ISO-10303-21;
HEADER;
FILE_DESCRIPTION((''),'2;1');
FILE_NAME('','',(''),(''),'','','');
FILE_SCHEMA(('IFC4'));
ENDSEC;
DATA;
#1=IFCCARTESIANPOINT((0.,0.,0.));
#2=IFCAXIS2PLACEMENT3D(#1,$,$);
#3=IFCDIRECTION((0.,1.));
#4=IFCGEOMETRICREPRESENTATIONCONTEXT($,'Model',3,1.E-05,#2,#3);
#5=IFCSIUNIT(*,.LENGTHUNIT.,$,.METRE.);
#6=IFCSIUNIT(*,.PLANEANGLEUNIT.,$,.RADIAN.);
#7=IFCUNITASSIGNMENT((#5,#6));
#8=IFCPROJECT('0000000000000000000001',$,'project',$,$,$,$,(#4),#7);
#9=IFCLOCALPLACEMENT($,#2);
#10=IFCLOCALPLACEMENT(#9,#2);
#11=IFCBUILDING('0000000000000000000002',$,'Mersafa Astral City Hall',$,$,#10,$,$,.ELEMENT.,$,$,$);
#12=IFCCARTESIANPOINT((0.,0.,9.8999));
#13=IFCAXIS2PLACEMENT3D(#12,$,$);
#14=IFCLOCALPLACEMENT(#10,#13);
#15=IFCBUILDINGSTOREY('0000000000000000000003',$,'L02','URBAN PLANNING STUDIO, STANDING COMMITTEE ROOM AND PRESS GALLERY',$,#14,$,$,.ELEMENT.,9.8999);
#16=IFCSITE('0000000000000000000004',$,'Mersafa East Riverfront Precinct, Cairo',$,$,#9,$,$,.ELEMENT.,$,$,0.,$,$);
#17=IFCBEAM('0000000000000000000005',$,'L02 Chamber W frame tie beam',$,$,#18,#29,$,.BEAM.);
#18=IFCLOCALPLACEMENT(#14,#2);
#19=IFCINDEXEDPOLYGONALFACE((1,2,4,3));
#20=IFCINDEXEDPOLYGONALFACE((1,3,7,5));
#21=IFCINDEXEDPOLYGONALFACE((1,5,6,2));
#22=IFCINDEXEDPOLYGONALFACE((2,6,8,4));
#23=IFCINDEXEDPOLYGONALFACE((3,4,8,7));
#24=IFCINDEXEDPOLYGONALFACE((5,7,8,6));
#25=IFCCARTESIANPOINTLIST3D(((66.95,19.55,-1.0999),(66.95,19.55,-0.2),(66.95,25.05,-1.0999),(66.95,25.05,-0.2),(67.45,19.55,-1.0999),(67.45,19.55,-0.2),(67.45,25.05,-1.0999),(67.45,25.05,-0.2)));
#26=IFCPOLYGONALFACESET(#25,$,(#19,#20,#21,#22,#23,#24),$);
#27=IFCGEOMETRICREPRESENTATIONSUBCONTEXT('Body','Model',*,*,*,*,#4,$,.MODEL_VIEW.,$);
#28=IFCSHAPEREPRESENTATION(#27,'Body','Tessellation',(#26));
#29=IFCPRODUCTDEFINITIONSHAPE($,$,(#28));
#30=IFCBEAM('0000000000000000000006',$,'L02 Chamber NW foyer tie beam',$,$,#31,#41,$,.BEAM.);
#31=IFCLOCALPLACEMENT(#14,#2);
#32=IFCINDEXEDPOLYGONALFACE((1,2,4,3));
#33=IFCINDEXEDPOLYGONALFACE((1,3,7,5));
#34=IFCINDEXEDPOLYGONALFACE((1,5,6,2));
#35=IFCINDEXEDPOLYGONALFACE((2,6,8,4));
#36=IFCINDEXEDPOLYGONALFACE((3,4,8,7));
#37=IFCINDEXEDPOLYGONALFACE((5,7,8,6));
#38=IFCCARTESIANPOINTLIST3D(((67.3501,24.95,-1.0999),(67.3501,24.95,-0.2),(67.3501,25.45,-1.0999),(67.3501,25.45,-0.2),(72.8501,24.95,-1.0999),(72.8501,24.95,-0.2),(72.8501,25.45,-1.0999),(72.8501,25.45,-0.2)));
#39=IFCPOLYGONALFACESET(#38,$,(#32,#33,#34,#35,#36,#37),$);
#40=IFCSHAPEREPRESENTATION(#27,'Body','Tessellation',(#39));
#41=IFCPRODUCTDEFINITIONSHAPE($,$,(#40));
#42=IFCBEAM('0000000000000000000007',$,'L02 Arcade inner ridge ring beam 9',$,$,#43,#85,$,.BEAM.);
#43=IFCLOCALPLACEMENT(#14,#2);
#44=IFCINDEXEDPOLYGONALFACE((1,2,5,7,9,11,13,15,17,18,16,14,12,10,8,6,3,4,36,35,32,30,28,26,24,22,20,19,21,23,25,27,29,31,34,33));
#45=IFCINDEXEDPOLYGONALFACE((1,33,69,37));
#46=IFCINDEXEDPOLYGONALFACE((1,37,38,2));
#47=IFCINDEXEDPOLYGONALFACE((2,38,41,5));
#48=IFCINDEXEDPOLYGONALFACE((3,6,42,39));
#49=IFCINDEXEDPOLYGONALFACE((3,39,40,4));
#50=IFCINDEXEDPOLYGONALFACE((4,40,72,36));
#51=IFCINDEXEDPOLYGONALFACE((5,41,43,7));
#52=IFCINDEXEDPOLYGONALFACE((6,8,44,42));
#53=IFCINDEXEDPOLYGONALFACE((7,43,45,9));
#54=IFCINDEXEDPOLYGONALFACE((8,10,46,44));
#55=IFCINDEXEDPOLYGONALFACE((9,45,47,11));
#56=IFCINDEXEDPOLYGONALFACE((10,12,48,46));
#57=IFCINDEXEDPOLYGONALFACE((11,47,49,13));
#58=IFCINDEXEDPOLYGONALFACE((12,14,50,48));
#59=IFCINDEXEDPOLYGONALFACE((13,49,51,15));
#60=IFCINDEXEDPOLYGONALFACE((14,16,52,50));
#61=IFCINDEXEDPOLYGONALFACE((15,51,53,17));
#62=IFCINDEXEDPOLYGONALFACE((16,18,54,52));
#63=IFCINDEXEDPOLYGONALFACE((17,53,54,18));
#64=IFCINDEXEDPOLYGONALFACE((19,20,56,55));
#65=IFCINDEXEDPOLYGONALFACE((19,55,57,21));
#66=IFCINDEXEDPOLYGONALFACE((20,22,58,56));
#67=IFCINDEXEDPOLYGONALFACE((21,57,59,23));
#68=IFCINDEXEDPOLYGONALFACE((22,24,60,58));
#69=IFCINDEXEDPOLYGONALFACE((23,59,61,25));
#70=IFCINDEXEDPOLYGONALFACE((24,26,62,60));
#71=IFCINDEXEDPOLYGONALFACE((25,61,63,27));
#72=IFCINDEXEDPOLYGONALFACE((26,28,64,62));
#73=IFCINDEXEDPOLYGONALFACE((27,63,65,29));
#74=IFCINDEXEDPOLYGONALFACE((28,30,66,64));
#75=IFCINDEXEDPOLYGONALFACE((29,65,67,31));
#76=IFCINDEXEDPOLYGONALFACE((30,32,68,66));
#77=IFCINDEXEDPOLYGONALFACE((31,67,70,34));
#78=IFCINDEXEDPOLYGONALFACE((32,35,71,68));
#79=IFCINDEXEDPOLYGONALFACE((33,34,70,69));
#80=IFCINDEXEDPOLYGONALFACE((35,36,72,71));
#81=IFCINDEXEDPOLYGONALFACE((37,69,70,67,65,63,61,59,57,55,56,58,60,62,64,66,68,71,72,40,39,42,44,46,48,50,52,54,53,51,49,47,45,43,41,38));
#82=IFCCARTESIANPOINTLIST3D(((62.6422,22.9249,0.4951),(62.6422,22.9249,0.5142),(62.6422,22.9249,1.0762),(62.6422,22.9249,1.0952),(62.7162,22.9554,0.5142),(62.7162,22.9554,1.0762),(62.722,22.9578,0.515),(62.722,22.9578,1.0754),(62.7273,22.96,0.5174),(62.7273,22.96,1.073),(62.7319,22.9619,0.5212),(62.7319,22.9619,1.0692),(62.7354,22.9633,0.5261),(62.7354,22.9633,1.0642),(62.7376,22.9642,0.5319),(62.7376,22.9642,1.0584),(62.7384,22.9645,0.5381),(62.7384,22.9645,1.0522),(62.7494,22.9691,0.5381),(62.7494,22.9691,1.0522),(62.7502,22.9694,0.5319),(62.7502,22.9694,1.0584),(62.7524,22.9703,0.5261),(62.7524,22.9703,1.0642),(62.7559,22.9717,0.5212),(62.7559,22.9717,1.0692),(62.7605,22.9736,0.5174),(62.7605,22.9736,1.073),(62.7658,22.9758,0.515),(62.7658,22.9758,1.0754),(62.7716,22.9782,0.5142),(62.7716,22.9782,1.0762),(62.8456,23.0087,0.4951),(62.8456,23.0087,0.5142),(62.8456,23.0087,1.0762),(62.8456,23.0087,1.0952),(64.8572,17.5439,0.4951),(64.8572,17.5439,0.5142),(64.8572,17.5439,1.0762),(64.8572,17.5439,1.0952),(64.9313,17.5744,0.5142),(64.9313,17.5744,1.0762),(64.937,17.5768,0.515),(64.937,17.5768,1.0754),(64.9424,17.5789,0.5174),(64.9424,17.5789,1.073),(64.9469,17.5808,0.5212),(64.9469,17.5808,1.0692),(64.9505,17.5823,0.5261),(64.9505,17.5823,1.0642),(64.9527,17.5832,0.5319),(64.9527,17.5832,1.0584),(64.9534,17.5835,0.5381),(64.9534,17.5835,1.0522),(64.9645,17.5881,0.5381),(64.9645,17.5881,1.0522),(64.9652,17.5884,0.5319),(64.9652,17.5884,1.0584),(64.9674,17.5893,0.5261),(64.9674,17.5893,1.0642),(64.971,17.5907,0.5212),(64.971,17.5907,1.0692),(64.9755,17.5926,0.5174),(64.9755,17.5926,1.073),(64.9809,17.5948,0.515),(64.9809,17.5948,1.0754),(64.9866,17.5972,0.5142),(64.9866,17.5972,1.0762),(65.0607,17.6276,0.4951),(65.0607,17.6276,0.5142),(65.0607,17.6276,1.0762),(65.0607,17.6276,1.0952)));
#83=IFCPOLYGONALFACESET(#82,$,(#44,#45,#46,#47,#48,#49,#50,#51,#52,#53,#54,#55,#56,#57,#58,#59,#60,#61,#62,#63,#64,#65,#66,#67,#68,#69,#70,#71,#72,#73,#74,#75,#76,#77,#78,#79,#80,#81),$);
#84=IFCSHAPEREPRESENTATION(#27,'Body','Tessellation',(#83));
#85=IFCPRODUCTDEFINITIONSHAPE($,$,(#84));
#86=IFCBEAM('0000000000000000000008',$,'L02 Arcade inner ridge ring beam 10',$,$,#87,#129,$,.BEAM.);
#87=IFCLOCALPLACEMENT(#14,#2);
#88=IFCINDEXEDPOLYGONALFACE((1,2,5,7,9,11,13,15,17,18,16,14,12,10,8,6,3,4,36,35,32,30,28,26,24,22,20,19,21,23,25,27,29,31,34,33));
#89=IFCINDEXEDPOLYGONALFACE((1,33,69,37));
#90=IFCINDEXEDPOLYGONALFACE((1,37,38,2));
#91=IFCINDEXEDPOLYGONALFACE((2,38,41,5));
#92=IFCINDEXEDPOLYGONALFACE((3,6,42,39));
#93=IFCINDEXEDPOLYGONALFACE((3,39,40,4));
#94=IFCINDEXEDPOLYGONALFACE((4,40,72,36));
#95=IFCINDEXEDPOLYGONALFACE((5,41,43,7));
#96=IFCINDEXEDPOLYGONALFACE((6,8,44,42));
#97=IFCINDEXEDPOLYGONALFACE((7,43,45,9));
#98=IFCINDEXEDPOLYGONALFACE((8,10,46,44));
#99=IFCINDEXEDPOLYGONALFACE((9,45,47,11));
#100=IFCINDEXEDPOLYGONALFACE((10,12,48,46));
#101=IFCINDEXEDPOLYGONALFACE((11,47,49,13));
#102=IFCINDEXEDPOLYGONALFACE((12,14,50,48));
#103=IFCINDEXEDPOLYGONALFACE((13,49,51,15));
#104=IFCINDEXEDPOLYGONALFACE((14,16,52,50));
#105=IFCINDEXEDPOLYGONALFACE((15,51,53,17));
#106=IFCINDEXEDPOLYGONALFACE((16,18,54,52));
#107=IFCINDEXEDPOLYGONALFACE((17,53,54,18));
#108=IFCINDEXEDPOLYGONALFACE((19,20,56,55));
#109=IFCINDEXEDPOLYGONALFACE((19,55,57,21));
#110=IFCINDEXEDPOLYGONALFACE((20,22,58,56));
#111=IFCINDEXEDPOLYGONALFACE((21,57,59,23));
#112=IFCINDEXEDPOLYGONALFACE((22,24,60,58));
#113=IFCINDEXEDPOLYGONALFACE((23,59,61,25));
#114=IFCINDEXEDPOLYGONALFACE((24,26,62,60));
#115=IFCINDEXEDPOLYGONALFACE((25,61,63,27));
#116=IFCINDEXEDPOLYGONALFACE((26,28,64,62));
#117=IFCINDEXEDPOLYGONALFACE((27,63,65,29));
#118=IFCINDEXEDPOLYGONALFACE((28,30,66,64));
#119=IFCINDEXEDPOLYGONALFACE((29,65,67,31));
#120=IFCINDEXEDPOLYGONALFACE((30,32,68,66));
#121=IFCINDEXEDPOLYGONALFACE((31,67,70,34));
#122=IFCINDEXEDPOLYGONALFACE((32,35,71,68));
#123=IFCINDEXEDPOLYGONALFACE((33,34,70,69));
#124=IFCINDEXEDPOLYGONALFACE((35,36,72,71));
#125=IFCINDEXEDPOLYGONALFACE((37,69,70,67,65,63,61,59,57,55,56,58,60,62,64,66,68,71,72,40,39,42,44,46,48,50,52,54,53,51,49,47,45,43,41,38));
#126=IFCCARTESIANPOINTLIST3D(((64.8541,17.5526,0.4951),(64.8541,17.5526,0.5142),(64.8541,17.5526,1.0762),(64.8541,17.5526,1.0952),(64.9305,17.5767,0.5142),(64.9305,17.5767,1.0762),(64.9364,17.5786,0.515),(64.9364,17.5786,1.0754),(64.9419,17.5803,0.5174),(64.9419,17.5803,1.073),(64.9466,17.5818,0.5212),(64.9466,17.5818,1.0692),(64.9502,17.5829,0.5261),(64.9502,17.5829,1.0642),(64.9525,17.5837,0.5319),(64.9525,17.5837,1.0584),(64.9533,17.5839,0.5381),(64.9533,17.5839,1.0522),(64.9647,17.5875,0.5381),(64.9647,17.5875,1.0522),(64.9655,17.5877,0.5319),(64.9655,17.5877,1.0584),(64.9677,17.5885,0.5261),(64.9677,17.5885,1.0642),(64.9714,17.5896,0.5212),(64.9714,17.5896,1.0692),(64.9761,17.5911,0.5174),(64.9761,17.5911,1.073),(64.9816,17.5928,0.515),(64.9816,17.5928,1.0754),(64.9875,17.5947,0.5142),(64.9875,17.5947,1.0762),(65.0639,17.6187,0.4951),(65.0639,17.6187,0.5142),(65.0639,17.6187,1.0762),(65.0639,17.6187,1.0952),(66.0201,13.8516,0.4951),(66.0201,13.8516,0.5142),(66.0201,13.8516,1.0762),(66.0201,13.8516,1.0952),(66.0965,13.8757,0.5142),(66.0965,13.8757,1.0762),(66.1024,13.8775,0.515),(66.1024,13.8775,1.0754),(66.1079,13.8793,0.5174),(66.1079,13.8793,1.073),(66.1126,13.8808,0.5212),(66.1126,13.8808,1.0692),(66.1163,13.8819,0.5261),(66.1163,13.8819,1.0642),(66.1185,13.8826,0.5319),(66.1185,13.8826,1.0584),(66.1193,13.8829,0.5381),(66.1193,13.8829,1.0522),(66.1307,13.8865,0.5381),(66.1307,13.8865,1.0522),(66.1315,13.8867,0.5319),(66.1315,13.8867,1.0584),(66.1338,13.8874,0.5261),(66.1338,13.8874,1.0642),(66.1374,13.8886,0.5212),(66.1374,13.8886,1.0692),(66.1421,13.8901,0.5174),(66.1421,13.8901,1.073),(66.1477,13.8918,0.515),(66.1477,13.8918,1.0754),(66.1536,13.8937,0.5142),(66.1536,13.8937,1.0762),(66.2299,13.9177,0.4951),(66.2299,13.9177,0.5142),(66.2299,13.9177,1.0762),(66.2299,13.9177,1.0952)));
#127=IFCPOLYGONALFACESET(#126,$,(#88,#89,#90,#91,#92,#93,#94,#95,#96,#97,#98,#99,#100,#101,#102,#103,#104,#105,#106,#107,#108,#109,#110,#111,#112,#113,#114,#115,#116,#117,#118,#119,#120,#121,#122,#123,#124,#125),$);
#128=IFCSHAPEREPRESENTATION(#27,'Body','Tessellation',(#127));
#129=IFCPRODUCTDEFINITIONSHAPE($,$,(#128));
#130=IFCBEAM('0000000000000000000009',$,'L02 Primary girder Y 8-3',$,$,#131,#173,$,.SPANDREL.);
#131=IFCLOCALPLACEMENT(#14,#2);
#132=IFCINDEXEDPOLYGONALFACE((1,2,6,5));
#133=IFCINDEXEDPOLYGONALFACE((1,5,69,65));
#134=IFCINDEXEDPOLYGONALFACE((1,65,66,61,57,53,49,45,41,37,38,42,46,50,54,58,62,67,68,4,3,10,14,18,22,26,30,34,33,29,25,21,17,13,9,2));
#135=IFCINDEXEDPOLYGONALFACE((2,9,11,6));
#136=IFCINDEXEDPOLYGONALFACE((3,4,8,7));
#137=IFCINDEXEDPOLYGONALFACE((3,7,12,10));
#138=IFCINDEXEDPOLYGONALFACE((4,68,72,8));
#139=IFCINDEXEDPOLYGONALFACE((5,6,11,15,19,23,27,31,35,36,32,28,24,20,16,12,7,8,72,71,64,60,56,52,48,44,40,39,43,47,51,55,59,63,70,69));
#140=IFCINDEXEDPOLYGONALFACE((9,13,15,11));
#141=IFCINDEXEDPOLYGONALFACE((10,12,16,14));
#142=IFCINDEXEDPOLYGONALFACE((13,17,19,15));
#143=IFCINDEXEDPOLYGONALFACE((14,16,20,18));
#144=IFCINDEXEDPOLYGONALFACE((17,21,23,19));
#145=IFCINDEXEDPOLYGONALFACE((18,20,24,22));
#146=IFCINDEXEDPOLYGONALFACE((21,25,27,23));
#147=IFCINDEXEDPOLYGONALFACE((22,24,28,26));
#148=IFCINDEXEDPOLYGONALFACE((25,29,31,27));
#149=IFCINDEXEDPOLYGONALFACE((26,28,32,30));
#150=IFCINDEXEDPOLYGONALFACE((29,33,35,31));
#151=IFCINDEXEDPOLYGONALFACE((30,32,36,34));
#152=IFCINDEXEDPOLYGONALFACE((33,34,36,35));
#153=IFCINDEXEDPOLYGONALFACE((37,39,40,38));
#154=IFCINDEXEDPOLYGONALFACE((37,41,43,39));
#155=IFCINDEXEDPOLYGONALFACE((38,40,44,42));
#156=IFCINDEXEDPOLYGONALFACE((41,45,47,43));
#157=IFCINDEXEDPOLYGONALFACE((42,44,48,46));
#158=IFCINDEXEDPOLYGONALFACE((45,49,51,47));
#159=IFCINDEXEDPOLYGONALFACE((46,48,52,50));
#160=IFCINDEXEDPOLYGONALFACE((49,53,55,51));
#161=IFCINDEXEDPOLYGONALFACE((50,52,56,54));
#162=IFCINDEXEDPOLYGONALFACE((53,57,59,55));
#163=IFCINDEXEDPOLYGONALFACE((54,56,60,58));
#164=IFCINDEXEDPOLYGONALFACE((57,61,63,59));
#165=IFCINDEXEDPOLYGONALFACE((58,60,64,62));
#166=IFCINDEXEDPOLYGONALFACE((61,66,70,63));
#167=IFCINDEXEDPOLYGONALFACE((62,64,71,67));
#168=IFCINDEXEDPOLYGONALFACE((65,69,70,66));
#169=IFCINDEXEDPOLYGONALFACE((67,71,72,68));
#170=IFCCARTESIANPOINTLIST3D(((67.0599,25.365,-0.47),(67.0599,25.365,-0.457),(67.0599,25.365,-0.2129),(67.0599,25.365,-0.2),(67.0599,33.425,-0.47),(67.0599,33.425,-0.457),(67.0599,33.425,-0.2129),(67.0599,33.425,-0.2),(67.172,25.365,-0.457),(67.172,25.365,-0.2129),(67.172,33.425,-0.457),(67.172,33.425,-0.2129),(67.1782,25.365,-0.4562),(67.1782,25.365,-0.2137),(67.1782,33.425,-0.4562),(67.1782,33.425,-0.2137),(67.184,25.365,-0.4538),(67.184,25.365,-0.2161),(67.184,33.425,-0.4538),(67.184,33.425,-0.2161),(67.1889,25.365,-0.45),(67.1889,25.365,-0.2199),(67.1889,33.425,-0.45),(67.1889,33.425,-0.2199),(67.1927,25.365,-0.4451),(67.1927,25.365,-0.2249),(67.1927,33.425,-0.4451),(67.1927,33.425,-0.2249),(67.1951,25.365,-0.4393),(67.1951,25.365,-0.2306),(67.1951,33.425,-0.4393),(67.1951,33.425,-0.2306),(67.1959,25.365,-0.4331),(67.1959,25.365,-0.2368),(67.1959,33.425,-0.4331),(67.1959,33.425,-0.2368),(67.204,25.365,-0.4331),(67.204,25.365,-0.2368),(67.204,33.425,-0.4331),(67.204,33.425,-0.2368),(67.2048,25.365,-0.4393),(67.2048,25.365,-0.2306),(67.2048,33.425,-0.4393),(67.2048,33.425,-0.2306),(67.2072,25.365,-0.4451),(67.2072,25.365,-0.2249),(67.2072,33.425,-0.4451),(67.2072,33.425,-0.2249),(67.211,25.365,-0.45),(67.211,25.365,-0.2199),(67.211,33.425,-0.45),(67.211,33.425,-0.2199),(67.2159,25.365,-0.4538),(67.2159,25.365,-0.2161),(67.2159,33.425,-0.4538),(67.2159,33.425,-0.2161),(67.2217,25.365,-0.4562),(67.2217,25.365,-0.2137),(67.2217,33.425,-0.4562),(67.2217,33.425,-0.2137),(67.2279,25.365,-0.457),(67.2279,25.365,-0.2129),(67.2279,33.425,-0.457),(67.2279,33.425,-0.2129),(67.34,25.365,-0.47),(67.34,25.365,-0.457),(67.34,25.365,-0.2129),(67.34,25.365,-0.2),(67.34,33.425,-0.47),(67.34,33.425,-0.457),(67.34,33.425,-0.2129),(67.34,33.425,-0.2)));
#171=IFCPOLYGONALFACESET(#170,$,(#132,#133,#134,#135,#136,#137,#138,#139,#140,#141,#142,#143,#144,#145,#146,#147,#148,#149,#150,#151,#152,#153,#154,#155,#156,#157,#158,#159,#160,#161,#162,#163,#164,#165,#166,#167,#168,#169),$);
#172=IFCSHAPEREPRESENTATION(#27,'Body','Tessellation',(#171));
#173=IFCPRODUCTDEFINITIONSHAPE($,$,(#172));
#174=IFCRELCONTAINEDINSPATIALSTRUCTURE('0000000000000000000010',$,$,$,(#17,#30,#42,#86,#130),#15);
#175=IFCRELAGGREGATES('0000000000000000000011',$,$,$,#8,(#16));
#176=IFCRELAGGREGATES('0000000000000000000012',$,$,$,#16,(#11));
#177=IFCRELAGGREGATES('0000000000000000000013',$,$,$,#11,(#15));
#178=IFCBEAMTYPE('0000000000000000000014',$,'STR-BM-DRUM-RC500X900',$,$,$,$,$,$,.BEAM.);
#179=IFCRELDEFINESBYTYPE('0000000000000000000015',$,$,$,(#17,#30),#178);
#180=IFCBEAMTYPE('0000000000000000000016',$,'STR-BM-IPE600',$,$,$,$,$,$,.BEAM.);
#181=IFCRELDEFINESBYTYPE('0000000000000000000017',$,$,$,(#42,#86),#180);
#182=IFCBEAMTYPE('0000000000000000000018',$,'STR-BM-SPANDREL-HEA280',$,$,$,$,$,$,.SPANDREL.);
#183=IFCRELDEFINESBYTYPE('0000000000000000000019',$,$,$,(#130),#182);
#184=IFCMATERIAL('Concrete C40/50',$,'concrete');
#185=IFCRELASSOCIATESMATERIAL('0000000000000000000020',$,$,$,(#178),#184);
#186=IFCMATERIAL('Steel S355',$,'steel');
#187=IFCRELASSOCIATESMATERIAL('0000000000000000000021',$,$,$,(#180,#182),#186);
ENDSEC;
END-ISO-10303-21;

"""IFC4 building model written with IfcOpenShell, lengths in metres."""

from ifc_helpers import new_model, si_unit, direction, frame, origin, origin_2d, place, context, subcontext, project, spatial, rectangle, i_section, extrude, material, material_profile, profile_set, type_object, element, save


model = new_model("IFC4")

# Units and contexts
model_context = context("Model", 3, precision=1e-05, world=origin(), true_north=direction((0.0, 1.0)))
body_context = subcontext(model_context, "Body", "Model", "MODEL_VIEW")
ifc_project = project(units=[si_unit("LENGTHUNIT", "METRE"), si_unit("PLANEANGLEUNIT", "RADIAN")], contexts=[model_context])

# Site, building, storey
site_placement = place(None, origin())
site = spatial("IfcSite", under=ifc_project, at=site_placement, Name="Mersafa East Riverfront Precinct, Cairo", CompositionType="ELEMENT", RefElevation=0.0)
building_placement = place(site_placement, origin())
building = spatial("IfcBuilding", under=site, at=building_placement, Name="Mersafa Astral City Hall", CompositionType="ELEMENT")
storey_placement = place(building_placement, frame((0.0, 0.0, 9.8999)))
storey = spatial("IfcBuildingStorey", under=building, at=storey_placement, Name="L02", Description="URBAN PLANNING STUDIO, STANDING COMMITTEE ROOM AND PRESS GALLERY", CompositionType="ELEMENT", Elevation=9.8999)

# Shared definitions
ifc_material_1 = material(Name="Steel S355", Category="steel")
ifc_material_2 = material(Name="Concrete C40/50", Category="concrete")

# Beams
ifc_material_profile_1 = material_profile(ifc_material_2, rectangle(XDim=0.5, YDim=0.8999, at=origin_2d()), Name="RC 500x900")
ifc_profile_set_1 = profile_set([ifc_material_profile_1], Name="Concrete C40/50")
beam_type_1 = type_object("IfcBeamType", Name="STR-BM-DRUM-RC500X900", PredefinedType="BEAM", material=ifc_profile_set_1)
for number, where, z_axis, x_axis, name in (
    (1, (67.2, 19.55, -0.6499), (0.0, 1.0, 0.0), (-1.0, 0.0, 0.0), "L02 Chamber W frame tie beam"),
    (2, (67.3501, 25.2, -0.6499), (1.0, 0.0, 0.0), (0.0, 1.0, 0.0), "L02 Chamber NW foyer tie beam"),
):
    element("IfcBeam", number, at=place(storey_placement, frame(where, z_axis=z_axis, x_axis=x_axis)), inside=storey, type_object=beam_type_1, Name=name, PredefinedType="BEAM", context=body_context, shape_type="SweptSolid", body=[
        extrude(rectangle(XDim=0.5, YDim=0.8999, at=origin_2d()), origin(), (0.0, 0.0, 1.0), 5.5),
    ])
ifc_material_profile_2 = material_profile(ifc_material_1, i_section(OverallWidth=0.22, OverallDepth=0.6001, WebThickness=0.012, FlangeThickness=0.019, FilletRadius=0.0239, at=origin_2d()), Name="IPE 600")
ifc_profile_set_2 = profile_set([ifc_material_profile_2], Name="Steel S355")
beam_type_2 = type_object("IfcBeamType", Name="STR-BM-IPE600", PredefinedType="BEAM", material=ifc_profile_set_2)
beam_1_placement = place(storey_placement, frame((62.7439, 22.9668, 0.7952), z_axis=(0.380653, -0.924718, 0.0), x_axis=(0.924718, 0.380653, 0.0)))
element("IfcBeam", 3, at=beam_1_placement, inside=storey, type_object=beam_type_2, Name="L02 Arcade inner ridge ring beam 9", PredefinedType="BEAM", context=body_context, shape_type="SweptSolid", body=[
    extrude(i_section(OverallWidth=0.22, OverallDepth=0.6001, WebThickness=0.012, FlangeThickness=0.019, FilletRadius=0.0239, at=origin_2d()), origin(), (0.0, 0.0, 1.0), 5.8191),
])
beam_2_placement = place(storey_placement, frame((64.959, 17.5857, 0.7952), z_axis=(0.300499, -0.953782, 0.0), x_axis=(0.953782, 0.300499, 0.0)))
element("IfcBeam", 4, at=beam_2_placement, inside=storey, type_object=beam_type_2, Name="L02 Arcade inner ridge ring beam 10", PredefinedType="BEAM", context=body_context, shape_type="SweptSolid", body=[
    extrude(i_section(OverallWidth=0.22, OverallDepth=0.6001, WebThickness=0.012, FlangeThickness=0.019, FilletRadius=0.0239, at=origin_2d()), origin(), (0.0, 0.0, 1.0), 3.8804),
])
ifc_material_profile_3 = material_profile(ifc_material_1, i_section(OverallWidth=0.28, OverallDepth=0.27, WebThickness=0.0081, FlangeThickness=0.0129, FilletRadius=0.0239, at=origin_2d()), Name="HEA 280")
ifc_profile_set_3 = profile_set([ifc_material_profile_3], Name="Steel S355")
beam_type_3 = type_object("IfcBeamType", Name="STR-BM-SPANDREL-HEA280", PredefinedType="SPANDREL", material=ifc_profile_set_3)
beam_3_placement = place(storey_placement, frame((67.2, 25.365, -0.335), z_axis=(0.0, 1.0, 0.0), x_axis=(-1.0, 0.0, 0.0)))
element("IfcBeam", 5, at=beam_3_placement, inside=storey, type_object=beam_type_3, Name="L02 Primary girder Y 8-3", PredefinedType="SPANDREL", context=body_context, shape_type="SweptSolid", body=[
    extrude(i_section(OverallWidth=0.28, OverallDepth=0.27, WebThickness=0.0081, FlangeThickness=0.0129, FilletRadius=0.0239, at=origin_2d()), origin(), (0.0, 0.0, 1.0), 8.0601),
])

save(model, "model.ifc")
